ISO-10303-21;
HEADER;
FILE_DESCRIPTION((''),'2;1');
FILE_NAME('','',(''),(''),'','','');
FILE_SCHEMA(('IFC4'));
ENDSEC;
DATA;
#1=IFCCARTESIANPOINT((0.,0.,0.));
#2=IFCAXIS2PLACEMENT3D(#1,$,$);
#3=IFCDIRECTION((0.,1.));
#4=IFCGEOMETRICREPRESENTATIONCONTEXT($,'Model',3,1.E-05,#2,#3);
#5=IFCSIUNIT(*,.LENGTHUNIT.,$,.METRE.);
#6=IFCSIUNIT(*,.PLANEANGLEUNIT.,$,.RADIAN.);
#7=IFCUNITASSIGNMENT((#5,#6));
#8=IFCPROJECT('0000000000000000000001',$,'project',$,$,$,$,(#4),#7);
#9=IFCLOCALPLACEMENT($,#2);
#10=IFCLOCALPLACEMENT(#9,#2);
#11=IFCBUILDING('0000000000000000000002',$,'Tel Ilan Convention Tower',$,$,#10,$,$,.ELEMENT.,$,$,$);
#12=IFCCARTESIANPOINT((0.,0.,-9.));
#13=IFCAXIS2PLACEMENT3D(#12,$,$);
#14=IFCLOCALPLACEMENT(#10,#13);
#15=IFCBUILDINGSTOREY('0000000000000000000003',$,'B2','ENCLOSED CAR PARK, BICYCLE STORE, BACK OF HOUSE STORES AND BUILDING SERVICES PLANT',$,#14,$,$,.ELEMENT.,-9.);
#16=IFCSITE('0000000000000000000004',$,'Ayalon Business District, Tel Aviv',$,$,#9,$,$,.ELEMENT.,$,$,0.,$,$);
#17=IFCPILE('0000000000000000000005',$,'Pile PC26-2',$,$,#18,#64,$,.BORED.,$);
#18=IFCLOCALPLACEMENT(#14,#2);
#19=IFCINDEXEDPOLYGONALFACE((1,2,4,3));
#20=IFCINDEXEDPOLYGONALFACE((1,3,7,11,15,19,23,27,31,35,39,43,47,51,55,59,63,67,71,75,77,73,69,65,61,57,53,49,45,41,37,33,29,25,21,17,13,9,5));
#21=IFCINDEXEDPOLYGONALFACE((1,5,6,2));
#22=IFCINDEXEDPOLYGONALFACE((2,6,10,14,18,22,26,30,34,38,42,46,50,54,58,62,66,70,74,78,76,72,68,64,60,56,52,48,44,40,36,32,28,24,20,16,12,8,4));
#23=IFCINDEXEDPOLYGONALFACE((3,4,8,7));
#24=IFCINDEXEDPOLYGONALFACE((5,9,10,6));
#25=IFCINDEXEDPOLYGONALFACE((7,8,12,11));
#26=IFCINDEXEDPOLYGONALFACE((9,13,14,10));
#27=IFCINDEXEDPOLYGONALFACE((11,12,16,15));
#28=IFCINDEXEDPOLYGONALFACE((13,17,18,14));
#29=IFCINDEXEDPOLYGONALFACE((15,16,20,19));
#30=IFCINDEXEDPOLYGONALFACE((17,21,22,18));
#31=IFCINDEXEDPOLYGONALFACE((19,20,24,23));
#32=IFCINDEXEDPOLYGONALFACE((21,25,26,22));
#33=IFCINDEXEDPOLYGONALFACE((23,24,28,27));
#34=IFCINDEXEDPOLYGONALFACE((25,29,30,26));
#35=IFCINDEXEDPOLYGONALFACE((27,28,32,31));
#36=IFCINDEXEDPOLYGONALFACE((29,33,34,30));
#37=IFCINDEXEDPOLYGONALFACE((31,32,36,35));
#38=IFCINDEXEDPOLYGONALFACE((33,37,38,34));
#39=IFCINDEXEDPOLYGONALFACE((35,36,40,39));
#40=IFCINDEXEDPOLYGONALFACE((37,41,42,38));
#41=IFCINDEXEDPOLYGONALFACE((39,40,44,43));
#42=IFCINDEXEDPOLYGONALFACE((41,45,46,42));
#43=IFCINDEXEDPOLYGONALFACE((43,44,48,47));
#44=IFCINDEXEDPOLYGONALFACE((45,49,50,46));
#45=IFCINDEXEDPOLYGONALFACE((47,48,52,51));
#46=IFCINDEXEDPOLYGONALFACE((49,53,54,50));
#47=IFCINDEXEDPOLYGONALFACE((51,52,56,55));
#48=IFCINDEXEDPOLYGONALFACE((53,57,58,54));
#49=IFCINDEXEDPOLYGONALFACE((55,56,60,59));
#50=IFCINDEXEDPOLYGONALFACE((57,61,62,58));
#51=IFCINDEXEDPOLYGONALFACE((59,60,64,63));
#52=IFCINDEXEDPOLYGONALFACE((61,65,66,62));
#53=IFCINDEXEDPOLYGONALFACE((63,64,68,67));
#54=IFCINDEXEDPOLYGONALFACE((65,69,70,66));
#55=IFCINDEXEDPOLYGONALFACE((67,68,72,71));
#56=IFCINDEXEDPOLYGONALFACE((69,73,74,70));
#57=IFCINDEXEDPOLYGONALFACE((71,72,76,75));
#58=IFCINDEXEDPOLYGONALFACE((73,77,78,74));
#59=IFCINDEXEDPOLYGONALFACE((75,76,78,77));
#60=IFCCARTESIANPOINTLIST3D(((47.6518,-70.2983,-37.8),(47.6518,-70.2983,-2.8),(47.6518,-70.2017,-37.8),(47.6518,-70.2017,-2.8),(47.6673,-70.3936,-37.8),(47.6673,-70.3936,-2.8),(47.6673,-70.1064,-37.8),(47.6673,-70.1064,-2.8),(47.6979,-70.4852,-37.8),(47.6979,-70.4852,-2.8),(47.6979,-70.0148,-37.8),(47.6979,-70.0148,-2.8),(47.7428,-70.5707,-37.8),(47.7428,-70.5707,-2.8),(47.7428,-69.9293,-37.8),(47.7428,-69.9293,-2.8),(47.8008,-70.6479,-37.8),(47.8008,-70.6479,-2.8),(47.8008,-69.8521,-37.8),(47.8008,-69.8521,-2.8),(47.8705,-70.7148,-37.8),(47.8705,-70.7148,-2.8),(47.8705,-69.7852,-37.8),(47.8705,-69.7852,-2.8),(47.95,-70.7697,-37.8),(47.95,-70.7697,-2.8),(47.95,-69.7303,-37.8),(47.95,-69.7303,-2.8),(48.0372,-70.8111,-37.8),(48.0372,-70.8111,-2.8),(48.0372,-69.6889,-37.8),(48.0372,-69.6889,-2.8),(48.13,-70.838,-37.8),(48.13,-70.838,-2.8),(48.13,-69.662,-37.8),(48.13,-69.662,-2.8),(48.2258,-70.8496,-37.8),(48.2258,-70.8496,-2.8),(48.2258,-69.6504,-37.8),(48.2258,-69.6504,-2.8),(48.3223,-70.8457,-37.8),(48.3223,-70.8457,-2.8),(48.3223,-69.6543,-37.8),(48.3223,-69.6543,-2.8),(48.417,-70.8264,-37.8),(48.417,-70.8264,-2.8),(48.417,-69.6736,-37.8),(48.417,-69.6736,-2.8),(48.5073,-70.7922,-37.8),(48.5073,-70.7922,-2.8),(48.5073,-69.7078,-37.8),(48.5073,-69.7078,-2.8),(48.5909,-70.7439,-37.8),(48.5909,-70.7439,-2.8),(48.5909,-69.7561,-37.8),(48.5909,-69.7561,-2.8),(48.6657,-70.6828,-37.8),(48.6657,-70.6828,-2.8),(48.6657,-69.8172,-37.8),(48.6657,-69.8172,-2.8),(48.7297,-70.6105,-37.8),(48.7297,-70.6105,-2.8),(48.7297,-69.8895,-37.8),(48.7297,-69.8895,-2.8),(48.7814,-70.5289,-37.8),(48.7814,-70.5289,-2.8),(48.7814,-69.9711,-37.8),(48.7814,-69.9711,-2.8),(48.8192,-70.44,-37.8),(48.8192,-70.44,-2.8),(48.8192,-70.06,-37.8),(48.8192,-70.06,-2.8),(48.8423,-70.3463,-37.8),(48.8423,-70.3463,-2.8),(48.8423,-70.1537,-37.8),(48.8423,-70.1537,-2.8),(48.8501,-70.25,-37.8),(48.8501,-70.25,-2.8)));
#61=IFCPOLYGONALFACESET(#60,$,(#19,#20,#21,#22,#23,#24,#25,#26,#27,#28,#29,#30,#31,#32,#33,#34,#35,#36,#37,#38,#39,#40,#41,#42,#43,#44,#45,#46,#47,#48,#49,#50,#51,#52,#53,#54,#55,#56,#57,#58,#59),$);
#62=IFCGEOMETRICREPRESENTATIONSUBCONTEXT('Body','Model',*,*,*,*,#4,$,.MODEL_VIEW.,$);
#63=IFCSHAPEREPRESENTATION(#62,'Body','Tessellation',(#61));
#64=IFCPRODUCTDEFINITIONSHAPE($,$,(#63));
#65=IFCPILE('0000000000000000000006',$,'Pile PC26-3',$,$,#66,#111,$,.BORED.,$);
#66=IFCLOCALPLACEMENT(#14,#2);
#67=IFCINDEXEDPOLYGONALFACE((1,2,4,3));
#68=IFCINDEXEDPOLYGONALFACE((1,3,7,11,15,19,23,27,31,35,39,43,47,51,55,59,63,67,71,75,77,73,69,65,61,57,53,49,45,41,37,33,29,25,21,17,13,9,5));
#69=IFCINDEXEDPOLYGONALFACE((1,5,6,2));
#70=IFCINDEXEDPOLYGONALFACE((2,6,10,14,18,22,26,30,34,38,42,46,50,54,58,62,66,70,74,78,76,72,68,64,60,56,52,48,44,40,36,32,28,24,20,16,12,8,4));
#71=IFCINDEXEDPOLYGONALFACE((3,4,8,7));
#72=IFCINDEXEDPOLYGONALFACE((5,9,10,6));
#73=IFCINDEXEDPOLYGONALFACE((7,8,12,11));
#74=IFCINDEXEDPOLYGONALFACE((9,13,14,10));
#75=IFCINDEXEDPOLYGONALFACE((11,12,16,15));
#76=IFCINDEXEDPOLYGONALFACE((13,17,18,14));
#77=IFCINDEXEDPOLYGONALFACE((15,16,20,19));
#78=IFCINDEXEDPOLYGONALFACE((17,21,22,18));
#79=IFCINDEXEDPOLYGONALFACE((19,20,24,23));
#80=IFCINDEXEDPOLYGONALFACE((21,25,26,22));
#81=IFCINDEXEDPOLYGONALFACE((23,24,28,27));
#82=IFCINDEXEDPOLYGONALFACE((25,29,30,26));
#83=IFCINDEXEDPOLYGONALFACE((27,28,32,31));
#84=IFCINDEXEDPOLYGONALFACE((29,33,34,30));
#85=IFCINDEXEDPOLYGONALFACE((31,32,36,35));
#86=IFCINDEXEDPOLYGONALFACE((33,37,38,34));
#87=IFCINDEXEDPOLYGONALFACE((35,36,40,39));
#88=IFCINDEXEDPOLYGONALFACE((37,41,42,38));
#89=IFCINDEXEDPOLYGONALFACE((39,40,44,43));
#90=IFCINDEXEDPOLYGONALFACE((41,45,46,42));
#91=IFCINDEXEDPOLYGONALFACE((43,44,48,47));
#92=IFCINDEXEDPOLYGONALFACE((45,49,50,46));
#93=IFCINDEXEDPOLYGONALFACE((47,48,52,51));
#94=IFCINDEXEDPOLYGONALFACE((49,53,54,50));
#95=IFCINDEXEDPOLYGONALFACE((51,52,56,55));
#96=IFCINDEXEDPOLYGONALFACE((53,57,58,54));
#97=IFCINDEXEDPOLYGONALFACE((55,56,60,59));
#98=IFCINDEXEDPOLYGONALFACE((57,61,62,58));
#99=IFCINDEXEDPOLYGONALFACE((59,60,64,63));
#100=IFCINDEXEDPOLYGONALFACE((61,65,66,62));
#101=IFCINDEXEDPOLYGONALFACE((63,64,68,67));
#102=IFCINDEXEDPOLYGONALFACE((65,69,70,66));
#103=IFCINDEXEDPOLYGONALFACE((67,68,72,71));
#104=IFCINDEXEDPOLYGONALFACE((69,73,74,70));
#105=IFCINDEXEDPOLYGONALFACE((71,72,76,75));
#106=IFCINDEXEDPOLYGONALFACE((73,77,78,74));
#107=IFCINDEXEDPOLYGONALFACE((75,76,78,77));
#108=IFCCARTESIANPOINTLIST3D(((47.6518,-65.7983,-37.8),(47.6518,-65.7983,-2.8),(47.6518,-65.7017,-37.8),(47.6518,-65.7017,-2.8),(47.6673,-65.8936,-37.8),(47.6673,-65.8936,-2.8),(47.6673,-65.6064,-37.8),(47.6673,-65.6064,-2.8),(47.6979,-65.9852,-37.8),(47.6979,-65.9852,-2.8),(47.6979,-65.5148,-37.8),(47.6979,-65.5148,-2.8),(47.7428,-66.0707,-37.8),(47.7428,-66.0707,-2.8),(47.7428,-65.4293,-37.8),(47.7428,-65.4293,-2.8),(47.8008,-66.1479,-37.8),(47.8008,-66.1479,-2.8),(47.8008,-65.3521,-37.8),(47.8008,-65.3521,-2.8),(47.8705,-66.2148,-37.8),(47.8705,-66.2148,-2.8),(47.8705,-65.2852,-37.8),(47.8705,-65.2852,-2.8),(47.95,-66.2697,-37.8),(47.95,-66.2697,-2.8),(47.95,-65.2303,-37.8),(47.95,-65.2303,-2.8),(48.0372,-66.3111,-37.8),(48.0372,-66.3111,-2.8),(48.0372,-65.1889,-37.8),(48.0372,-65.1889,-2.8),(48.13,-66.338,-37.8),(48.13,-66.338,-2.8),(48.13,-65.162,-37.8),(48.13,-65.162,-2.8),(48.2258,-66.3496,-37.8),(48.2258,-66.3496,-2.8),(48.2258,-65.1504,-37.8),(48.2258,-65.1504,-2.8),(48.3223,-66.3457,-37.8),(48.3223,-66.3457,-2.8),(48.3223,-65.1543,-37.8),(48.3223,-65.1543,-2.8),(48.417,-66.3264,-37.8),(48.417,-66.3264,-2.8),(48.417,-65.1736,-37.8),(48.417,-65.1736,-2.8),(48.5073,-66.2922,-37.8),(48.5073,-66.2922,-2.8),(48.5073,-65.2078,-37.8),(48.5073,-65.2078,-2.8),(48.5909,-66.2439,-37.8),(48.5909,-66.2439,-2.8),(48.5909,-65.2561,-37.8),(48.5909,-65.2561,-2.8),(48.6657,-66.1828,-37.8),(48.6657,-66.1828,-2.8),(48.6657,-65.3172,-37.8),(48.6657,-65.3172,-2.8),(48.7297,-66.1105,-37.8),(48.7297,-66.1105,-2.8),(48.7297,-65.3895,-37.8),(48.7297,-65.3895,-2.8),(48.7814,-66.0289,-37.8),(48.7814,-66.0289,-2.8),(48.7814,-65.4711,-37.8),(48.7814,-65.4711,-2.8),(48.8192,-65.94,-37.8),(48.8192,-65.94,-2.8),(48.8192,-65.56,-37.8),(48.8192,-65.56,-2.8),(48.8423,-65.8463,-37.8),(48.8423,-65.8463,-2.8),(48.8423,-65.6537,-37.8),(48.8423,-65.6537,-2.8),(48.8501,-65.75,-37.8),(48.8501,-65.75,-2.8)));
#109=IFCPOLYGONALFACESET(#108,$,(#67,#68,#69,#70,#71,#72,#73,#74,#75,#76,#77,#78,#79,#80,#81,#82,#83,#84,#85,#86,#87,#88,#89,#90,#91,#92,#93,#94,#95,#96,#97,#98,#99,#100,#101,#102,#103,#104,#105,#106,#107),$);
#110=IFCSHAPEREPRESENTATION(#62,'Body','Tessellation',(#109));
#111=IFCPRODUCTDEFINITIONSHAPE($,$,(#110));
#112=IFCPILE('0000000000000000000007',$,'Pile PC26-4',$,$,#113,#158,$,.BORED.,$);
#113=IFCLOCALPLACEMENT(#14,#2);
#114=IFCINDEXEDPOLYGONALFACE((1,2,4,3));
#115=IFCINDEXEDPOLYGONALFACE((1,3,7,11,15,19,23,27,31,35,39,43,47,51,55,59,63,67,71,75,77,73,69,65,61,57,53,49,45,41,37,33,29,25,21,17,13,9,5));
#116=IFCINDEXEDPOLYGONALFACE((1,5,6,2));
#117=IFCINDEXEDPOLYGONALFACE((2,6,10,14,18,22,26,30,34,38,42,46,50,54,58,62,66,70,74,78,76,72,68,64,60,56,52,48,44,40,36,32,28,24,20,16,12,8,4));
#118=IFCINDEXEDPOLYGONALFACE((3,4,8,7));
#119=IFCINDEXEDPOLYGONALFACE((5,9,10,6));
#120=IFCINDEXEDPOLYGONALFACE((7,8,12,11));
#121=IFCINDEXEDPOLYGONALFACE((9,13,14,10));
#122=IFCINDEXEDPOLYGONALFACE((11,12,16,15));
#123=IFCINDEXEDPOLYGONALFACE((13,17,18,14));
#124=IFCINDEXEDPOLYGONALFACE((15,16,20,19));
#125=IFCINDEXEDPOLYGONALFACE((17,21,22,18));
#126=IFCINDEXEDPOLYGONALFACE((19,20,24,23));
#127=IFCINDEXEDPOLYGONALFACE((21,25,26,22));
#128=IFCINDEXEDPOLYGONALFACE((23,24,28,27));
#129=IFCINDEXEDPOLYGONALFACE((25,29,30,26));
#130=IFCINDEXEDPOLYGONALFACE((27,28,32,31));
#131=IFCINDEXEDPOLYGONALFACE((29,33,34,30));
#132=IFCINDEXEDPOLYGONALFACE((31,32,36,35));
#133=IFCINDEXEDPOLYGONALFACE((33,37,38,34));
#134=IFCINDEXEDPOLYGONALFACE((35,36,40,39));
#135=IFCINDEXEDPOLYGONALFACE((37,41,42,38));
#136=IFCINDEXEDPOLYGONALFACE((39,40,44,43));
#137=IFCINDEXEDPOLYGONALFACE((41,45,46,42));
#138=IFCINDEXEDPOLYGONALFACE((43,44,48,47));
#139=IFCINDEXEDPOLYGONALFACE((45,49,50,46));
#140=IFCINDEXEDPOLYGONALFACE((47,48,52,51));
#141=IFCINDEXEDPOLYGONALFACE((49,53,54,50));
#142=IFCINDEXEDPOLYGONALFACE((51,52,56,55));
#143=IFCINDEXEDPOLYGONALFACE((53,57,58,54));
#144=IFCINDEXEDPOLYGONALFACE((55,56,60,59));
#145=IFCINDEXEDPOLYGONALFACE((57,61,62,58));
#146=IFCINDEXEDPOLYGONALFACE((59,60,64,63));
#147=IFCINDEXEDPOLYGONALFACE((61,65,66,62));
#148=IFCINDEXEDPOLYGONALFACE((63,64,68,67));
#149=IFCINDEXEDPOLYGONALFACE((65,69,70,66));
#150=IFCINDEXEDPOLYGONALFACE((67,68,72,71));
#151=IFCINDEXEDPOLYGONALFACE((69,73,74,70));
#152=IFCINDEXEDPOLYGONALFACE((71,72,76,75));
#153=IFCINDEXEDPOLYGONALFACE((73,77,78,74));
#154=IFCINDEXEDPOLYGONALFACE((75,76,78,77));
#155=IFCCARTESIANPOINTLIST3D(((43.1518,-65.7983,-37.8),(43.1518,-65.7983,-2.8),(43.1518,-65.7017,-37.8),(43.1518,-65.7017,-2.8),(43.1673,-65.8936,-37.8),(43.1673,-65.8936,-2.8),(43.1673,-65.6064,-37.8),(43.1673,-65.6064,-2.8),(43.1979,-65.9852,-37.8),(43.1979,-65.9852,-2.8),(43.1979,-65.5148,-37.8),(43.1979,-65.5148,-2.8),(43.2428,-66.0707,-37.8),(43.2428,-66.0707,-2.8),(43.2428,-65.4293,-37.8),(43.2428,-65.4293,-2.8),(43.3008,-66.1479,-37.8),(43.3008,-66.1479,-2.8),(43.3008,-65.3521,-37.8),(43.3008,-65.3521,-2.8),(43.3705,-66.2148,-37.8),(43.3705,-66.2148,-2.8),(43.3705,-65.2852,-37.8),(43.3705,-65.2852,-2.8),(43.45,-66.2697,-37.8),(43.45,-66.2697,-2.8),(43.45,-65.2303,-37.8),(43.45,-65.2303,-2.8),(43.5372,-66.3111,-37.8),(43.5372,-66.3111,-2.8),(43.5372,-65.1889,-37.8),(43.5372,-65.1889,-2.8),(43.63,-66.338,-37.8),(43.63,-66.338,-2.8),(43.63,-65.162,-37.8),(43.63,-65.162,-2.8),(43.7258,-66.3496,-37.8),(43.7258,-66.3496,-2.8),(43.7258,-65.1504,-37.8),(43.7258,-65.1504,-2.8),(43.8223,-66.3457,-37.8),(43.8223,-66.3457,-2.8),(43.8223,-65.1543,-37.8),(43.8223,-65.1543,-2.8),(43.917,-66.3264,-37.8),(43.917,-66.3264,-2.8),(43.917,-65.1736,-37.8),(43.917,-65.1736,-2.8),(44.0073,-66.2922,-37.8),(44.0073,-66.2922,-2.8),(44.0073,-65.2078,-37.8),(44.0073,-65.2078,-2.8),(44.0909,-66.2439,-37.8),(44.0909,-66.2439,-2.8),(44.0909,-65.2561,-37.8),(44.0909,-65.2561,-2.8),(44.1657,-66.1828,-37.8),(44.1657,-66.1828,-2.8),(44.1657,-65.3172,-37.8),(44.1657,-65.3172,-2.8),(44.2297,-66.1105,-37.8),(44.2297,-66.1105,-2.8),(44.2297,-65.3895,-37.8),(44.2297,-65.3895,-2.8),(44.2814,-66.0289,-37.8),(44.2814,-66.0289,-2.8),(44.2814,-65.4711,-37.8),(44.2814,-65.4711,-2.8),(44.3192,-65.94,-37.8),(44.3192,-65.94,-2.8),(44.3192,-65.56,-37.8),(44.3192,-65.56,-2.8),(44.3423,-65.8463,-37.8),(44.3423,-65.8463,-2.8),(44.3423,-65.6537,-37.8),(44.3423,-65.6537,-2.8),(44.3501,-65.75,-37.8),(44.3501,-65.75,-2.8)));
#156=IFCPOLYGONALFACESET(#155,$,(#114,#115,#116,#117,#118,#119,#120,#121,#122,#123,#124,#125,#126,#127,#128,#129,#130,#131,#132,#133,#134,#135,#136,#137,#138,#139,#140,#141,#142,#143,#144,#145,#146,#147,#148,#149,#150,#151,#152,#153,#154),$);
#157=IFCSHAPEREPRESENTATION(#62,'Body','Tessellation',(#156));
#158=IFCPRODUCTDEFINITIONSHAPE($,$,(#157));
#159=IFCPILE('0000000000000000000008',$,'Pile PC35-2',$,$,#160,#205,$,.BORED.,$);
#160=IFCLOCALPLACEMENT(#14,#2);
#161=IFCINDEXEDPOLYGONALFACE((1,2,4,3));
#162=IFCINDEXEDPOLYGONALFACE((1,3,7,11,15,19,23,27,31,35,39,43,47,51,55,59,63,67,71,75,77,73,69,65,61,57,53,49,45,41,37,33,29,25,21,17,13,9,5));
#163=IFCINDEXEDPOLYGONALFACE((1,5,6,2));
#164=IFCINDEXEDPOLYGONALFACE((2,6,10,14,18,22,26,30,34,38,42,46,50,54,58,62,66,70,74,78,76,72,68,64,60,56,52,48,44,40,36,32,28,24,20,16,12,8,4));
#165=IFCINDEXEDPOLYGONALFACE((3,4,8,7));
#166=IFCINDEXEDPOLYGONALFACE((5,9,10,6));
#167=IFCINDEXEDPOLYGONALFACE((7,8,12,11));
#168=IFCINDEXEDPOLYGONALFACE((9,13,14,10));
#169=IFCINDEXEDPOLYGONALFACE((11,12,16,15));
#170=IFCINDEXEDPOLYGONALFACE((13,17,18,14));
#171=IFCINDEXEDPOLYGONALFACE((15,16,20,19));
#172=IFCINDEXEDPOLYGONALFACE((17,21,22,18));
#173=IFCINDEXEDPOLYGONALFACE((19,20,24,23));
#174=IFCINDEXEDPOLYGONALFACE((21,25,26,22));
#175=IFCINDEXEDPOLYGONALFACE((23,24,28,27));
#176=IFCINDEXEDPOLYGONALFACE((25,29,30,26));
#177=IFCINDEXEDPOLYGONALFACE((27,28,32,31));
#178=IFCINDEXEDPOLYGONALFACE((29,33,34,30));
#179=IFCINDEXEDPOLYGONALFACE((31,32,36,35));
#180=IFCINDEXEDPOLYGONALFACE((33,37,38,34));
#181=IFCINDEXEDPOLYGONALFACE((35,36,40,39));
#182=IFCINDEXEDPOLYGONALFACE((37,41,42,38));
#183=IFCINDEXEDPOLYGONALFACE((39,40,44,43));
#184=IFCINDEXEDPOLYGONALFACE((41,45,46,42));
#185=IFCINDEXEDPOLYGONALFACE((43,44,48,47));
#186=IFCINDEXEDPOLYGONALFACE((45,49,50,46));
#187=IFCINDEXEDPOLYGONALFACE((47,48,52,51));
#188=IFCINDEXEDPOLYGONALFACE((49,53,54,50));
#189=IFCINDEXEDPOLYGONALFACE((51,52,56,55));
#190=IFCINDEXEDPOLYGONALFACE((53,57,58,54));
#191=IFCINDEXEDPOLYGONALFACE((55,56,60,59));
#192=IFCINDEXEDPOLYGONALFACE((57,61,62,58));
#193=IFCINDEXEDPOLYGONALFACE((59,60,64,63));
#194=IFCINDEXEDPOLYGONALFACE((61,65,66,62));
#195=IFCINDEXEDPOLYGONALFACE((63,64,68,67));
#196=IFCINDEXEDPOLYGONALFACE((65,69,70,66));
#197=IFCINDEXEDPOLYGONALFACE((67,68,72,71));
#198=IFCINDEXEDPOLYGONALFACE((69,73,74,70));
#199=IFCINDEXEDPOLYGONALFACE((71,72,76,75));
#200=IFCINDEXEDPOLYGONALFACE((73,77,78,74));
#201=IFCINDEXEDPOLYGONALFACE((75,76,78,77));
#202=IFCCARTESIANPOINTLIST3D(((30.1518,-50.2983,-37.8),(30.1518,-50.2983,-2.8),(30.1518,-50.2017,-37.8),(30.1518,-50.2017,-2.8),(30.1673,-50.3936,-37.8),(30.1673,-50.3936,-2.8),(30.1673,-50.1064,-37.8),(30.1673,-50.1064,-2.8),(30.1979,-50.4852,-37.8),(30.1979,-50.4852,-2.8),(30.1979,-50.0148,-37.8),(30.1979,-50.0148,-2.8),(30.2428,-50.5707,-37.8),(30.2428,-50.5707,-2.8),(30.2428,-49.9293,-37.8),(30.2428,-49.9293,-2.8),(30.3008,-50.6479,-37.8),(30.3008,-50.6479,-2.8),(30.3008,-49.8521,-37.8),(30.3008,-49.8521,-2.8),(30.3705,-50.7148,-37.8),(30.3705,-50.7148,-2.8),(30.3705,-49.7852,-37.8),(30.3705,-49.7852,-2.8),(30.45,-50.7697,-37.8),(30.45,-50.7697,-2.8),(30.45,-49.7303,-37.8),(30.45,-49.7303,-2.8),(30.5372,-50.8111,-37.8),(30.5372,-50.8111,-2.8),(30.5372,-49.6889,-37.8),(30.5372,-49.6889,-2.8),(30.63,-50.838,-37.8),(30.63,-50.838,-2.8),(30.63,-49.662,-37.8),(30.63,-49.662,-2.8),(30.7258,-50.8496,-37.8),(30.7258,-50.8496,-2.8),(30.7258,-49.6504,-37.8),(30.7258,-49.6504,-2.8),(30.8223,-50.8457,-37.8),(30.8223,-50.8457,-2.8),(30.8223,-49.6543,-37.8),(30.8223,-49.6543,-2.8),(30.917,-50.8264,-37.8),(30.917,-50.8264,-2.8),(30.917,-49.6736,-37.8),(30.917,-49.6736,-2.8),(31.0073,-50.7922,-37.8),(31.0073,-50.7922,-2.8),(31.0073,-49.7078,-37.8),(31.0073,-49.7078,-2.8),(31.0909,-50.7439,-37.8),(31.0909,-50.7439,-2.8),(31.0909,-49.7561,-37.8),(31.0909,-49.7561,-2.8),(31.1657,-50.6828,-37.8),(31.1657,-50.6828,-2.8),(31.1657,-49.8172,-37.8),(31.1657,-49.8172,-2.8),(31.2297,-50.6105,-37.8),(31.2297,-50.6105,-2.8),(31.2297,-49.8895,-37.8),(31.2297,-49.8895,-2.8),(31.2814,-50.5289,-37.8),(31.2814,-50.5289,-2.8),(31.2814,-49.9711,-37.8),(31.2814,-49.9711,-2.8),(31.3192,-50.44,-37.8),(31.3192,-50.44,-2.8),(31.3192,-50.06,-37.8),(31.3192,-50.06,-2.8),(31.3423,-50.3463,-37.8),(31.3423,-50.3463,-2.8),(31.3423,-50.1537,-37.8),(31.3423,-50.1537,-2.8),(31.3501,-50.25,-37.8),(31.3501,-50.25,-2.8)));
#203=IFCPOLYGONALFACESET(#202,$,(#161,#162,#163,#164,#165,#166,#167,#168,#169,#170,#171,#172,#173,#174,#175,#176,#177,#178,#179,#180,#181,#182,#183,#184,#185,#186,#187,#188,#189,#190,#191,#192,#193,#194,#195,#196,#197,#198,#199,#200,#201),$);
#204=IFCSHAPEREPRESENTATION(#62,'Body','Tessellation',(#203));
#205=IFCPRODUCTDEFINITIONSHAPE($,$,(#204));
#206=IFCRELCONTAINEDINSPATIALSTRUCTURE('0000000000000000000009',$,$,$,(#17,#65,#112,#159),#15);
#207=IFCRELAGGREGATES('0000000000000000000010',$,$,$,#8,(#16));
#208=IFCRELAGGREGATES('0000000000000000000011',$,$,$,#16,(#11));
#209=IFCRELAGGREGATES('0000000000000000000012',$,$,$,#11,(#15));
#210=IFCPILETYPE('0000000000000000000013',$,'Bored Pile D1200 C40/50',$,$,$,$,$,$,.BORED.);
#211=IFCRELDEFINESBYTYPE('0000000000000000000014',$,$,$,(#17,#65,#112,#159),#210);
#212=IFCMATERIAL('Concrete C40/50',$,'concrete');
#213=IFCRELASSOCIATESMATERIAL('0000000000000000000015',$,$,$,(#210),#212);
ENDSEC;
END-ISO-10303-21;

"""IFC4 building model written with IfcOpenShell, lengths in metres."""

from ifc_helpers import new_model, si_unit, direction, frame, origin, origin_2d, place, context, subcontext, project, spatial, circle, extrude, material, material_profile, profile_set, type_object, element, save


model = new_model("IFC4")

# Units and contexts
model_context = context("Model", 3, precision=1e-05, world=origin(), true_north=direction((0.0, 1.0)))
body_context = subcontext(model_context, "Body", "Model", "MODEL_VIEW")
ifc_project = project(units=[si_unit("LENGTHUNIT", "METRE"), si_unit("PLANEANGLEUNIT", "RADIAN")], contexts=[model_context])

# Site, building, storey
site_placement = place(None, origin())
site = spatial("IfcSite", under=ifc_project, at=site_placement, Name="Ayalon Business District, Tel Aviv", CompositionType="ELEMENT", RefElevation=0.0)
building_placement = place(site_placement, origin())
building = spatial("IfcBuilding", under=site, at=building_placement, Name="Tel Ilan Convention Tower", CompositionType="ELEMENT")
storey_placement = place(building_placement, frame((0.0, 0.0, -9.0)))
storey = spatial("IfcBuildingStorey", under=building, at=storey_placement, Name="B2", Description="ENCLOSED CAR PARK, BICYCLE STORE, BACK OF HOUSE STORES AND BUILDING SERVICES PLANT", CompositionType="ELEMENT", Elevation=-9.0)

# Piles
ifc_material_1 = material(Name="Concrete C40/50", Category="concrete")
ifc_material_profile_1 = material_profile(ifc_material_1, circle(Radius=0.6001, at=origin_2d()), Name="BORED D1200")
ifc_profile_set_1 = profile_set([ifc_material_profile_1], Name="Concrete C40/50")
pile_type = type_object("IfcPileType", Name="Bored Pile D1200 C40/50", PredefinedType="BORED", material=ifc_profile_set_1)
for number, where, z_axis, x_axis, name in (
    (1, (48.25, -70.25, -2.8), (0.0, 0.0, -1.0), (1.0, 0.0, 0.0), "Pile PC26-2"),
    (2, (48.25, -65.75, -2.8), (0.0, 0.0, -1.0), (1.0, 0.0, 0.0), "Pile PC26-3"),
    (3, (43.75, -65.75, -2.8), (0.0, 0.0, -1.0), (1.0, 0.0, 0.0), "Pile PC26-4"),
    (4, (30.75, -50.25, -2.8), (0.0, 0.0, -1.0), (1.0, 0.0, 0.0), "Pile PC35-2"),
):
    element("IfcPile", number, at=place(storey_placement, frame(where, z_axis=z_axis, x_axis=x_axis)), inside=storey, type_object=pile_type, Name=name, PredefinedType="BORED", context=body_context, shape_type="SweptSolid", body=[
        extrude(circle(Radius=0.6001, at=origin_2d()), origin(), (0.0, 0.0, 1.0), 35.0),
    ])

save(model, "model.ifc")
